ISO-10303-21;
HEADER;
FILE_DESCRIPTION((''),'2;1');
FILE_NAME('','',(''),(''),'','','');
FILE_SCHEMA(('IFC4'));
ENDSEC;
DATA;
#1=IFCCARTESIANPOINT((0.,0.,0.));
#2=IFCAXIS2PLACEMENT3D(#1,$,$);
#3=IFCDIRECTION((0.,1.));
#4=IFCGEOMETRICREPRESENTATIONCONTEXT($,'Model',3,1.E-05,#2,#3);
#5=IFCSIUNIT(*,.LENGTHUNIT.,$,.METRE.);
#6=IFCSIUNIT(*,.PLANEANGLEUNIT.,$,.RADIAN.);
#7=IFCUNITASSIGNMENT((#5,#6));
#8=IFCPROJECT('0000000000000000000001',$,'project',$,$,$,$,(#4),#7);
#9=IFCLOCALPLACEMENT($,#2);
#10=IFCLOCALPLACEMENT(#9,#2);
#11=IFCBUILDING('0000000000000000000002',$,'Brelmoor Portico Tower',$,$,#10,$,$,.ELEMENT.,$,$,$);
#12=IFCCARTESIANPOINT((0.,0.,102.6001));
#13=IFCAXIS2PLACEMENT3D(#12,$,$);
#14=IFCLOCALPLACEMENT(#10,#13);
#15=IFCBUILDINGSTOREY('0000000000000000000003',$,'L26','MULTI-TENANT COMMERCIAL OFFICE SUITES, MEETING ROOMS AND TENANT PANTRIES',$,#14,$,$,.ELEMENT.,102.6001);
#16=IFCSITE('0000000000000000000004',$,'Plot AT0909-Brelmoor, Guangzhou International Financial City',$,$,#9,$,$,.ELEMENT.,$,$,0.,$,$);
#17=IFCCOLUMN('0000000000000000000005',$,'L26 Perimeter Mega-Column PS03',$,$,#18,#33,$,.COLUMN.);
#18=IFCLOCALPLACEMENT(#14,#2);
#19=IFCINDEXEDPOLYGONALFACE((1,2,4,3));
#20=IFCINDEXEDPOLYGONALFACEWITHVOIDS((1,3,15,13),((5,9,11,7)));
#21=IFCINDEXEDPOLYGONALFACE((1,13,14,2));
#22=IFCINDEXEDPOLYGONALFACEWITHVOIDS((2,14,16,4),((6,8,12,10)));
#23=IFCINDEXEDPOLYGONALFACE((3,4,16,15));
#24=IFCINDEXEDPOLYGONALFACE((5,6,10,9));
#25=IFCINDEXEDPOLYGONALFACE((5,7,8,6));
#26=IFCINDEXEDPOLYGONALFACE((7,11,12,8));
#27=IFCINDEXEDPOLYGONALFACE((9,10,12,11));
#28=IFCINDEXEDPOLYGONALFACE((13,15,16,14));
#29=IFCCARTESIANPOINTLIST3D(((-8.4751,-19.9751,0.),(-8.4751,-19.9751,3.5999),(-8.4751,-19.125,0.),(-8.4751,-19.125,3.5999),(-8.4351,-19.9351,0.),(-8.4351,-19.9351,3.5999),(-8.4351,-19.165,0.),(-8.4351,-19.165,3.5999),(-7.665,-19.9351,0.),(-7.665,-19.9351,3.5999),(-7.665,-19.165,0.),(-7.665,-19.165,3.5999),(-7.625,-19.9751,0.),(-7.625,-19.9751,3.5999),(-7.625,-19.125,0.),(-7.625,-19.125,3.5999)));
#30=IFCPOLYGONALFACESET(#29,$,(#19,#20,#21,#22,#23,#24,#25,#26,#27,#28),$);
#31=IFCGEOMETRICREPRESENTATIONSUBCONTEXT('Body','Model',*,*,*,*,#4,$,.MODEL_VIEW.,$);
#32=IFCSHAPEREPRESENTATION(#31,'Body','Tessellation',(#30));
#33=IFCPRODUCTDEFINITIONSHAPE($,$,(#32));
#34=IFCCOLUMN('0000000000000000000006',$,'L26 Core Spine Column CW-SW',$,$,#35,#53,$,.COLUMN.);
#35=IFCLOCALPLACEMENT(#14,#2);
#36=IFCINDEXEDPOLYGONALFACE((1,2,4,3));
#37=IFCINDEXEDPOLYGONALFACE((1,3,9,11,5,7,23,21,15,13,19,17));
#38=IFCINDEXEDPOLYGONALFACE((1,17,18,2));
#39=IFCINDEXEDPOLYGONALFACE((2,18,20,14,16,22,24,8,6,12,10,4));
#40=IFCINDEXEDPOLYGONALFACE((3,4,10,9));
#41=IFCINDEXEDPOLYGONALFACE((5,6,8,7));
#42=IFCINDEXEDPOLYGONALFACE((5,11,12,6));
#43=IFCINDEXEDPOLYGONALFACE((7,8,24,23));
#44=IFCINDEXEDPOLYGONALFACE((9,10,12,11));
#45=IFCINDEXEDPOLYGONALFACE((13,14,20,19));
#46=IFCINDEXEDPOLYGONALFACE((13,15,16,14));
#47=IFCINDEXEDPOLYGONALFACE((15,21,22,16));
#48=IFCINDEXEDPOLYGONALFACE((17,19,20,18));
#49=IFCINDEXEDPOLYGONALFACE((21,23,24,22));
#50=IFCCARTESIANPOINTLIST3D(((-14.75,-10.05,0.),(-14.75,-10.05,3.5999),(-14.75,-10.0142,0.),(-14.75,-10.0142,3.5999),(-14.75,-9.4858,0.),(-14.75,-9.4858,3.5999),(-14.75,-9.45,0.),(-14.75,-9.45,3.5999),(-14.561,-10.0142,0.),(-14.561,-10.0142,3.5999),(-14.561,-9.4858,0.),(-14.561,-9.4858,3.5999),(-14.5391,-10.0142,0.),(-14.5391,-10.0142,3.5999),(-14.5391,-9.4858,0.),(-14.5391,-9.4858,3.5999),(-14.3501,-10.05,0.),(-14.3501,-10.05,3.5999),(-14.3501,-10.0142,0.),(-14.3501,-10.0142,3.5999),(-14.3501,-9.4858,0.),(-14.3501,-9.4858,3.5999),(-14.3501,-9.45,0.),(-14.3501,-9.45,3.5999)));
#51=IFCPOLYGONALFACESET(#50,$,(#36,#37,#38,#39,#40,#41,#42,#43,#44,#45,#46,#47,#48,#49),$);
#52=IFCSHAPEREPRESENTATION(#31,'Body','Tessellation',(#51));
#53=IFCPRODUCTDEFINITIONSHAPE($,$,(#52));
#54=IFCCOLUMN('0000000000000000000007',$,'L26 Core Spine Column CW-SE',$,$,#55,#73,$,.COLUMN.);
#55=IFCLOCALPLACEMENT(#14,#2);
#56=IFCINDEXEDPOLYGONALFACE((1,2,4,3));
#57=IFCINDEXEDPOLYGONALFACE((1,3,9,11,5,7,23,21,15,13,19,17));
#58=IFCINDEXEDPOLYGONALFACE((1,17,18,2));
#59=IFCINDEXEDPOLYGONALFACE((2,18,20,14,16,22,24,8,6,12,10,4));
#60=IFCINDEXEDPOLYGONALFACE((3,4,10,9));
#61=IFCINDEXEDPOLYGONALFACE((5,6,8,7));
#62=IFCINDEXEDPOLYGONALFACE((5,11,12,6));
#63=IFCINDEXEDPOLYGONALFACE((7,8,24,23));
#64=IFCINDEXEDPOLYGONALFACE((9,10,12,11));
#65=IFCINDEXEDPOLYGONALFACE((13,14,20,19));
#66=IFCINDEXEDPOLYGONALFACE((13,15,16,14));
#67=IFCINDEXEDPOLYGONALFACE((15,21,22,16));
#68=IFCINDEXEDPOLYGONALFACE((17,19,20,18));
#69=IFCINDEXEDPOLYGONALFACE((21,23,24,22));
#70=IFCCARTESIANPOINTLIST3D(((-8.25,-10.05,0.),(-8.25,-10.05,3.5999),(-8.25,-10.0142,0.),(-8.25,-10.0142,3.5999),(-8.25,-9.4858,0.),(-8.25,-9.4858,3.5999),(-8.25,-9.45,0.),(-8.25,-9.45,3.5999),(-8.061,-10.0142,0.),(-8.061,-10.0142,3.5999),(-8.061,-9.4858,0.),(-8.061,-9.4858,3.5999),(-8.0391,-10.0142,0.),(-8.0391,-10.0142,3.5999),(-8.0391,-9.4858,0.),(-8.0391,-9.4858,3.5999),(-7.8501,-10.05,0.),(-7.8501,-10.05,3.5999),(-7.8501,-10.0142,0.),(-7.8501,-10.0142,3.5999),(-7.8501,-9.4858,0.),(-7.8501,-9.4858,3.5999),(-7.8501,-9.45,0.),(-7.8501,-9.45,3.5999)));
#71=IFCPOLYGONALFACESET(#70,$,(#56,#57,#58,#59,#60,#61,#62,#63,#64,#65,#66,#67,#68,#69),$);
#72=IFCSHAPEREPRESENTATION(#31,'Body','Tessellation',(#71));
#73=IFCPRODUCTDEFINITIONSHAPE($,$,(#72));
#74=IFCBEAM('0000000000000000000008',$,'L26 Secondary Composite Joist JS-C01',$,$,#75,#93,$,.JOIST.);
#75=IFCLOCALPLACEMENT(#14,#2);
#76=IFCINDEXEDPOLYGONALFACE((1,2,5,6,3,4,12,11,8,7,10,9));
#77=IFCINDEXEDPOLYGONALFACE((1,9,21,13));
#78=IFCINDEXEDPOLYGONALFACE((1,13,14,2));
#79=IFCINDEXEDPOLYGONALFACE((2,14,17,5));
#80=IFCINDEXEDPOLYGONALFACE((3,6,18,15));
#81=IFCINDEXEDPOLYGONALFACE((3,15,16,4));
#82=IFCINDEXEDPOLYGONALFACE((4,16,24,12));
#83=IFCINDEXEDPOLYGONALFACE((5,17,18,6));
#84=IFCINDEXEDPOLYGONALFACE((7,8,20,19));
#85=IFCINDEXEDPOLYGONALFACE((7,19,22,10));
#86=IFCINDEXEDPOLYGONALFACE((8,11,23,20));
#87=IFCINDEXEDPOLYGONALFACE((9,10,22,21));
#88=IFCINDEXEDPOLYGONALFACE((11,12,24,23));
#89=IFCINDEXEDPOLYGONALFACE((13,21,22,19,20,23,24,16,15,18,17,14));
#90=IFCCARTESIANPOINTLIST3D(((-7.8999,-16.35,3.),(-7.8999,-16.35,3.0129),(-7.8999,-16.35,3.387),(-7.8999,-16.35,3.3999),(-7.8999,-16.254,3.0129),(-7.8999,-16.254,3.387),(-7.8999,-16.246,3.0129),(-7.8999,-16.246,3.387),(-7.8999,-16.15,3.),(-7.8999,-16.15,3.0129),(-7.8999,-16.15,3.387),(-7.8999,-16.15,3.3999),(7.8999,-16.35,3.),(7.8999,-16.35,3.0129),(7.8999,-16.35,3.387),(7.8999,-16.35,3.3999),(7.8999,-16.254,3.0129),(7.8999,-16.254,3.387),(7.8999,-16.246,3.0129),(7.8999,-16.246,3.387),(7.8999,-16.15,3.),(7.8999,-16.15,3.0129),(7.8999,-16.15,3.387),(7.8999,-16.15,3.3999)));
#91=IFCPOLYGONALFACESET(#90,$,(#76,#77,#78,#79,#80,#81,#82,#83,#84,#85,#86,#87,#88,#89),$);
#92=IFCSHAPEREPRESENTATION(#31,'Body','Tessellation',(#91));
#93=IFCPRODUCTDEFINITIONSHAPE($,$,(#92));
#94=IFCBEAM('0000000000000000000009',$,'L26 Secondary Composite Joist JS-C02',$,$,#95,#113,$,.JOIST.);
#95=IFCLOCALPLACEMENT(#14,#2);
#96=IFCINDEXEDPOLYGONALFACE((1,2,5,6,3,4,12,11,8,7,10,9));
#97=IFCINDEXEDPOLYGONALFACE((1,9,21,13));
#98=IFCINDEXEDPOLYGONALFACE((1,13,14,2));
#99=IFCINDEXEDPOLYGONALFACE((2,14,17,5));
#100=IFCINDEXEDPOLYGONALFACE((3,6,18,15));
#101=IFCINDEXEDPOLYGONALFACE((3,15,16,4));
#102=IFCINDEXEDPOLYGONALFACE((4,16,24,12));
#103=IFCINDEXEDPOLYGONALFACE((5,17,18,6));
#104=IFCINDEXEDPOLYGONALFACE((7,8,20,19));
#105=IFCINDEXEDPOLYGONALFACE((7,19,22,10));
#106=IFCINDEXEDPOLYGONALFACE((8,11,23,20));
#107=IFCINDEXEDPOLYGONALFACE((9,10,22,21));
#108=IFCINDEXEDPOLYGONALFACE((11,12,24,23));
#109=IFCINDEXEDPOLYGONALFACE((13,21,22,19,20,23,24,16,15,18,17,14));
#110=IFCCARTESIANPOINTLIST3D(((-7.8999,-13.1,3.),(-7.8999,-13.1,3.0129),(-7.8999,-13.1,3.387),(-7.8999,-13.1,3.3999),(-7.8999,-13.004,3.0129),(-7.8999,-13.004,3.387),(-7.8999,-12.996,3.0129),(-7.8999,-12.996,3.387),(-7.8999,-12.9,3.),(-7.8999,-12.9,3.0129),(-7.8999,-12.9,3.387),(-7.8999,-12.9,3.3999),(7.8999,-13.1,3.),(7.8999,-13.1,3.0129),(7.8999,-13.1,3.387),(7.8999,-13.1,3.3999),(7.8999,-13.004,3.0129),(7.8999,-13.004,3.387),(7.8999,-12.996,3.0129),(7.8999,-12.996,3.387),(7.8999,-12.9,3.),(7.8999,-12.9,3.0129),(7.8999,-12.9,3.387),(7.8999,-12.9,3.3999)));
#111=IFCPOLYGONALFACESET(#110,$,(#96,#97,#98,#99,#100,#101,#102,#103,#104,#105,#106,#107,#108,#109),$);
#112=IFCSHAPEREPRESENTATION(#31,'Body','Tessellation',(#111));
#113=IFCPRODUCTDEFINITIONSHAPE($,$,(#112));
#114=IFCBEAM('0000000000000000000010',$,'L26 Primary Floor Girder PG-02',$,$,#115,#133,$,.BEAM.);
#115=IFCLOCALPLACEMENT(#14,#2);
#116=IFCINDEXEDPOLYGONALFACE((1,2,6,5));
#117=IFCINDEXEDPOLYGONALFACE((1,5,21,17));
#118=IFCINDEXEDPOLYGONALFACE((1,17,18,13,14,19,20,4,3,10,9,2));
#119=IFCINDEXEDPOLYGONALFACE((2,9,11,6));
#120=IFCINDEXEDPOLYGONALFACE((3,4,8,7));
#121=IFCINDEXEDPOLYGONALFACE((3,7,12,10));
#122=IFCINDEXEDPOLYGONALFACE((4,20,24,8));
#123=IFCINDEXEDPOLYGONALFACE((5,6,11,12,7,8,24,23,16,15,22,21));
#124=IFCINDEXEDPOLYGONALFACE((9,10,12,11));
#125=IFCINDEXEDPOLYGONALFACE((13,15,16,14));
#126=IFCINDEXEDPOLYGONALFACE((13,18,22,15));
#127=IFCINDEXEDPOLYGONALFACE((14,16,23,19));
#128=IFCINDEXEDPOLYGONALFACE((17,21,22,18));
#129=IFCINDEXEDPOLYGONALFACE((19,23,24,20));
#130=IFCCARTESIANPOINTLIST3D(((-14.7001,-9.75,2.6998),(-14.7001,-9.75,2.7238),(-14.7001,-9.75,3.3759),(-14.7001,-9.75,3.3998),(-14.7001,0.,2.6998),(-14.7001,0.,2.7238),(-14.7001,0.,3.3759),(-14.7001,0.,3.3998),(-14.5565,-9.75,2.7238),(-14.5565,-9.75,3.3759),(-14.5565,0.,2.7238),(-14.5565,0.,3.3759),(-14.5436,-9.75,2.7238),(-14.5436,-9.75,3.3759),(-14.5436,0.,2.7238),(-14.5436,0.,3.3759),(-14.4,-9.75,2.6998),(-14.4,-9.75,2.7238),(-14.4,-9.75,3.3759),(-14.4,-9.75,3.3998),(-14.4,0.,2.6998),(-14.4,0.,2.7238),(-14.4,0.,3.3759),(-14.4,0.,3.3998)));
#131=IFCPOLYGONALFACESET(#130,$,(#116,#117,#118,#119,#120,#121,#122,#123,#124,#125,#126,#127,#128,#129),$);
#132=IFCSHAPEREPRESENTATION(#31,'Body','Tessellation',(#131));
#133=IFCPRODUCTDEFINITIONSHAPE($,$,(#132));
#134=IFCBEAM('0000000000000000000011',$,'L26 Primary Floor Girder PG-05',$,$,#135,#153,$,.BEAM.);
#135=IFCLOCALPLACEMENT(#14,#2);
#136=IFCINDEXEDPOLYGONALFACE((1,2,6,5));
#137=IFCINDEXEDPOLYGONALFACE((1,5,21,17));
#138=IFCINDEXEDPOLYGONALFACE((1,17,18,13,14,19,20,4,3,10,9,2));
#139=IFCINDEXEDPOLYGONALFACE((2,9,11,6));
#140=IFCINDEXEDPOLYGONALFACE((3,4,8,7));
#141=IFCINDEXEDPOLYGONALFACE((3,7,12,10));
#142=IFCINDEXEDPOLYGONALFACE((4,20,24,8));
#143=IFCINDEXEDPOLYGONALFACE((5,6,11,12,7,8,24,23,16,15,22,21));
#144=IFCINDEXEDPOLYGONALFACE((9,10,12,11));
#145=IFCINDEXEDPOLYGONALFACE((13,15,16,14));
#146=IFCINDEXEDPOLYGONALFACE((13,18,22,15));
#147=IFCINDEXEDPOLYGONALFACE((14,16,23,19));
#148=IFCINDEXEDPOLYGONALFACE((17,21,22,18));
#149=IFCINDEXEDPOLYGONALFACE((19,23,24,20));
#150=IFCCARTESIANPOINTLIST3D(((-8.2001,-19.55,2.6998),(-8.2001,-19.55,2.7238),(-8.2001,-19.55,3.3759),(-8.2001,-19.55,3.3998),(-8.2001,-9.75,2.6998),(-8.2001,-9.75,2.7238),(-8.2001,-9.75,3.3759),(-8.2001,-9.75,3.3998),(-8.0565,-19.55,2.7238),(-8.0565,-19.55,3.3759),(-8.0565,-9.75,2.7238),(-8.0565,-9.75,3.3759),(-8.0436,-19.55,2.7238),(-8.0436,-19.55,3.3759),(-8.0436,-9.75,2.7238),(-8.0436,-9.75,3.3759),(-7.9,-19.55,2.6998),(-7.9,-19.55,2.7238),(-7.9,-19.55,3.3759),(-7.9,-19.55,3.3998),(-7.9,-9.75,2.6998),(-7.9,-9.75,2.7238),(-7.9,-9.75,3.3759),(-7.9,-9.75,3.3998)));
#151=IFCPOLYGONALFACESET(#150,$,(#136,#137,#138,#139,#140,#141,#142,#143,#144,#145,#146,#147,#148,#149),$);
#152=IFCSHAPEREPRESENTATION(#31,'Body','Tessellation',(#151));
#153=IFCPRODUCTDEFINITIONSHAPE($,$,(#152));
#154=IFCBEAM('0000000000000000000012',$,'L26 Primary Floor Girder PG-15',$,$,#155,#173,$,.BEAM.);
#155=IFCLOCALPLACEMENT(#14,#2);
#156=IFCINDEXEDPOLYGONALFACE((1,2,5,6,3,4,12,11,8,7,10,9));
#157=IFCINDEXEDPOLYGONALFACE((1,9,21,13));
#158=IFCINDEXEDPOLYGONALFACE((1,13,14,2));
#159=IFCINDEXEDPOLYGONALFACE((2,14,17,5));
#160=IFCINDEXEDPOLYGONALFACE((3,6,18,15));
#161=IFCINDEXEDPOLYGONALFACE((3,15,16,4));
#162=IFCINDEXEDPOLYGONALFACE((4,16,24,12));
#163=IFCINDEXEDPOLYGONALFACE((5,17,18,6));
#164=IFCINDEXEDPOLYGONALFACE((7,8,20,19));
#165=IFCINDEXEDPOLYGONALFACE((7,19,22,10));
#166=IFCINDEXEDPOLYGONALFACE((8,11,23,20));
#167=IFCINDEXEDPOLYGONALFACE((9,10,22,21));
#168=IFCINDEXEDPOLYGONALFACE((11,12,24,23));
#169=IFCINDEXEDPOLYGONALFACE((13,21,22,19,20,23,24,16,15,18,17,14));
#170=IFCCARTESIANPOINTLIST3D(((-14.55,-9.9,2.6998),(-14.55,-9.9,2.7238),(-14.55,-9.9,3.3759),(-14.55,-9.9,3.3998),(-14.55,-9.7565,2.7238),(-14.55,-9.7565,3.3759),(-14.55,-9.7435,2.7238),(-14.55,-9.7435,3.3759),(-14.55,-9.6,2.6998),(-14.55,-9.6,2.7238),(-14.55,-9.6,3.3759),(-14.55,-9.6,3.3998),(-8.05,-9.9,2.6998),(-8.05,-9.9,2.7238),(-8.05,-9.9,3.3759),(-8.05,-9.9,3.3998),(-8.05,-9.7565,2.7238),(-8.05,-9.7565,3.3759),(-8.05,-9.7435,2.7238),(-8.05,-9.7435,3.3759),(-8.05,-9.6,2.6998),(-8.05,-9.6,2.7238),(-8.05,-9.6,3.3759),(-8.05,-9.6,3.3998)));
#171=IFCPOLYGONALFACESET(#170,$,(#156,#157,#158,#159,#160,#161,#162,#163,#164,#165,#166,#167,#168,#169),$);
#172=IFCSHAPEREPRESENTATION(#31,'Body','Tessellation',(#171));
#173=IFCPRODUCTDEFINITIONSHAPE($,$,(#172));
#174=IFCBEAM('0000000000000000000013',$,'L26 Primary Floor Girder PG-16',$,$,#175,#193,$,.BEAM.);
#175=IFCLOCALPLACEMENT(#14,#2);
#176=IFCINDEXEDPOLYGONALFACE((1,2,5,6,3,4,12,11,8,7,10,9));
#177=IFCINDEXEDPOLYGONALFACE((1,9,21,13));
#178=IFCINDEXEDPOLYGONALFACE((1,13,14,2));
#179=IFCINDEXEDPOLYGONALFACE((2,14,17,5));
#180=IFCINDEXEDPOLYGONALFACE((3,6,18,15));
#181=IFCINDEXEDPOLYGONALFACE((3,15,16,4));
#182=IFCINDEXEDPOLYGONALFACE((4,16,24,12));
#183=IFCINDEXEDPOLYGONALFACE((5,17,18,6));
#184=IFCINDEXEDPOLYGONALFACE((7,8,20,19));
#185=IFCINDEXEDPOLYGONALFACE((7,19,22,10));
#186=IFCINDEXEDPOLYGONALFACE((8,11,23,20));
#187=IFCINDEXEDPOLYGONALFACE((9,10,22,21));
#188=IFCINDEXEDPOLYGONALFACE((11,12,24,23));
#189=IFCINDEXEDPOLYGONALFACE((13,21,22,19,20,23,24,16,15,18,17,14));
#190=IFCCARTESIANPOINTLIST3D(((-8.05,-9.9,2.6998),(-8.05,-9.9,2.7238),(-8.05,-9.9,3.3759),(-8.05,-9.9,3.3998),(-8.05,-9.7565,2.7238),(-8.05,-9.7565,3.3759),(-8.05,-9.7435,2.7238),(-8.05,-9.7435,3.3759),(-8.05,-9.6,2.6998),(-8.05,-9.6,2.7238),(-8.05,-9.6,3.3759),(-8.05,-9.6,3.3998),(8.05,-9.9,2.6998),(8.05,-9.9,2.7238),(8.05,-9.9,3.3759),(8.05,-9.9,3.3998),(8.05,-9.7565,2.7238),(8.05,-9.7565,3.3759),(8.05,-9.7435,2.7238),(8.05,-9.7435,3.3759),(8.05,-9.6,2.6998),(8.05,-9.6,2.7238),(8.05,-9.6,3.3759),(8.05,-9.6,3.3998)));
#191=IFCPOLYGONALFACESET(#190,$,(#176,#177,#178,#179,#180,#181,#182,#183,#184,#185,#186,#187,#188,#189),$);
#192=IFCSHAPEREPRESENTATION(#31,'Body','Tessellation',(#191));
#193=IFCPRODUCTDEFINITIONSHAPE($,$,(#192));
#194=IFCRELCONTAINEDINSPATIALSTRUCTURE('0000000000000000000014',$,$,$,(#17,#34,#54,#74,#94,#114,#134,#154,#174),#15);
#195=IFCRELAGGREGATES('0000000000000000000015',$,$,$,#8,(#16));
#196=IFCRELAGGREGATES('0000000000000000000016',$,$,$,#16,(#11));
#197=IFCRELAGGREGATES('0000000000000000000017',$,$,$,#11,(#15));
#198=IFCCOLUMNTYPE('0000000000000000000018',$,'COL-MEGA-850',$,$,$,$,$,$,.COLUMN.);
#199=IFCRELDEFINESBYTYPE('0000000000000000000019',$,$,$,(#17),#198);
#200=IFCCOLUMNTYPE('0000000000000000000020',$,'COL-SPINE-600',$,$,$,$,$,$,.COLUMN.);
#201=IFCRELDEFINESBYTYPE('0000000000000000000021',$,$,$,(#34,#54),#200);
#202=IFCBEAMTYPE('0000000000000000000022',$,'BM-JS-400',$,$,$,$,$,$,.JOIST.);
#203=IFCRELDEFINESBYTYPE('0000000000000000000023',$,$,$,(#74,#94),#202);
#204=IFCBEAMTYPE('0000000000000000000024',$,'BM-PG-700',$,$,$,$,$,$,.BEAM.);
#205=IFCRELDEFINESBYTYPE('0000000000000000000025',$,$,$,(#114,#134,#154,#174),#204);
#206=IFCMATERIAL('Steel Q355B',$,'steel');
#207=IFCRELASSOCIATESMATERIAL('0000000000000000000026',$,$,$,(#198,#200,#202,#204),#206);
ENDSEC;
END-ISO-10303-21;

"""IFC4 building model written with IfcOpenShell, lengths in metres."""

from ifc_helpers import new_model, si_unit, direction, frame, origin, origin_2d, place, context, subcontext, project, spatial, hollow_rectangle, i_section, extrude, material, material_profile, profile_set, type_object, element, save


model = new_model("IFC4")

# Units and contexts
model_context = context("Model", 3, precision=1e-05, world=origin(), true_north=direction((0.0, 1.0)))
body_context = subcontext(model_context, "Body", "Model", "MODEL_VIEW")
ifc_project = project(units=[si_unit("LENGTHUNIT", "METRE"), si_unit("PLANEANGLEUNIT", "RADIAN")], contexts=[model_context])

# Site, building, storey
site_placement = place(None, origin())
site = spatial("IfcSite", under=ifc_project, at=site_placement, Name="Plot AT0909-Brelmoor, Guangzhou International Financial City", CompositionType="ELEMENT", RefElevation=0.0)
building_placement = place(site_placement, origin())
building = spatial("IfcBuilding", under=site, at=building_placement, Name="Brelmoor Portico Tower", CompositionType="ELEMENT")
storey_placement = place(building_placement, frame((0.0, 0.0, 102.6001)))
storey = spatial("IfcBuildingStorey", under=building, at=storey_placement, Name="L26", Description="MULTI-TENANT COMMERCIAL OFFICE SUITES, MEETING ROOMS AND TENANT PANTRIES", CompositionType="ELEMENT", Elevation=102.6001)

# Columns
ifc_material_1 = material(Name="Steel Q355B", Category="steel")
ifc_material_profile_1 = material_profile(ifc_material_1, hollow_rectangle(XDim=0.8501, YDim=0.8501, WallThickness=0.04, at=origin_2d()), Name="BOX 850x850x40")
ifc_profile_set_1 = profile_set([ifc_material_profile_1], Name="Steel Q355B")
column_type_1 = type_object("IfcColumnType", Name="COL-MEGA-850", PredefinedType="COLUMN", material=ifc_profile_set_1)
column_placement = place(storey_placement, frame((-8.05, -19.55, 0.0), z_axis=(0.0, 0.0, 1.0), x_axis=(1.0, 0.0, 0.0)))
element("IfcColumn", 1, at=column_placement, inside=storey, type_object=column_type_1, Name="L26 Perimeter Mega-Column PS03", PredefinedType="COLUMN", context=body_context, shape_type="SweptSolid", body=[
    extrude(hollow_rectangle(XDim=0.8501, YDim=0.8501, WallThickness=0.04, at=origin_2d()), origin(), (0.0, 0.0, 1.0), 3.5999),
])
ifc_material_profile_2 = material_profile(ifc_material_1, i_section(OverallWidth=0.3999, OverallDepth=0.6001, WebThickness=0.022, FlangeThickness=0.0359, at=origin_2d()), Name="HW 600x400x22x36")
ifc_profile_set_2 = profile_set([ifc_material_profile_2], Name="Steel Q355B")
column_type_2 = type_object("IfcColumnType", Name="COL-SPINE-600", PredefinedType="COLUMN", material=ifc_profile_set_2)
for number, where, z_axis, x_axis, name in (
    (2, (-14.55, -9.75, 0.0), (0.0, 0.0, 1.0), (1.0, 0.0, 0.0), "L26 Core Spine Column CW-SW"),
    (3, (-8.05, -9.75, 0.0), (0.0, 0.0, 1.0), (1.0, 0.0, 0.0), "L26 Core Spine Column CW-SE"),
):
    element("IfcColumn", number, at=place(storey_placement, frame(where, z_axis=z_axis, x_axis=x_axis)), inside=storey, type_object=column_type_2, Name=name, PredefinedType="COLUMN", context=body_context, shape_type="SweptSolid", body=[
        extrude(i_section(OverallWidth=0.3999, OverallDepth=0.6001, WebThickness=0.022, FlangeThickness=0.0359, at=origin_2d()), origin(), (0.0, 0.0, 1.0), 3.5999),
    ])

# Beams
ifc_material_profile_3 = material_profile(ifc_material_1, i_section(OverallWidth=0.2, OverallDepth=0.3999, WebThickness=0.0081, FlangeThickness=0.0129, at=origin_2d()), Name="HN 400x200x8x13")
ifc_profile_set_3 = profile_set([ifc_material_profile_3], Name="Steel Q355B")
beam_type_1 = type_object("IfcBeamType", Name="BM-JS-400", PredefinedType="JOIST", material=ifc_profile_set_3)
for number, where, z_axis, x_axis, name in (
    (4, (-7.8999, -16.25, 3.2), (1.0, 0.0, 0.0), (0.0, 1.0, 0.0), "L26 Secondary Composite Joist JS-C01"),
    (5, (-7.8999, -13.0, 3.2), (1.0, 0.0, 0.0), (0.0, 1.0, 0.0), "L26 Secondary Composite Joist JS-C02"),
):
    element("IfcBeam", number, at=place(storey_placement, frame(where, z_axis=z_axis, x_axis=x_axis)), inside=storey, type_object=beam_type_1, Name=name, PredefinedType="JOIST", context=body_context, shape_type="SweptSolid", body=[
        extrude(i_section(OverallWidth=0.2, OverallDepth=0.3999, WebThickness=0.0081, FlangeThickness=0.0129, at=origin_2d()), origin(), (0.0, 0.0, 1.0), 15.7998),
    ])
ifc_material_profile_4 = material_profile(ifc_material_1, i_section(OverallWidth=0.3, OverallDepth=0.7, WebThickness=0.0129, FlangeThickness=0.0239, at=origin_2d()), Name="HN 700x300x13x24")
ifc_profile_set_4 = profile_set([ifc_material_profile_4], Name="Steel Q355B")
beam_type_2 = type_object("IfcBeamType", Name="BM-PG-700", PredefinedType="BEAM", material=ifc_profile_set_4)
beam_1_placement = place(storey_placement, frame((-14.55, -9.75, 3.0498), z_axis=(0.0, 1.0, 0.0), x_axis=(-1.0, 0.0, 0.0)))
element("IfcBeam", 6, at=beam_1_placement, inside=storey, type_object=beam_type_2, Name="L26 Primary Floor Girder PG-02", PredefinedType="BEAM", context=body_context, shape_type="SweptSolid", body=[
    extrude(i_section(OverallWidth=0.3, OverallDepth=0.7, WebThickness=0.0129, FlangeThickness=0.0239, at=origin_2d()), origin(), (0.0, 0.0, 1.0), 9.75),
])
beam_2_placement = place(storey_placement, frame((-8.05, -19.55, 3.0498), z_axis=(0.0, 1.0, 0.0), x_axis=(-1.0, 0.0, 0.0)))
element("IfcBeam", 7, at=beam_2_placement, inside=storey, type_object=beam_type_2, Name="L26 Primary Floor Girder PG-05", PredefinedType="BEAM", context=body_context, shape_type="SweptSolid", body=[
    extrude(i_section(OverallWidth=0.3, OverallDepth=0.7, WebThickness=0.0129, FlangeThickness=0.0239, at=origin_2d()), origin(), (0.0, 0.0, 1.0), 9.8),
])
beam_3_placement = place(storey_placement, frame((-14.55, -9.75, 3.0498), z_axis=(1.0, 0.0, 0.0), x_axis=(0.0, 1.0, 0.0)))
element("IfcBeam", 8, at=beam_3_placement, inside=storey, type_object=beam_type_2, Name="L26 Primary Floor Girder PG-15", PredefinedType="BEAM", context=body_context, shape_type="SweptSolid", body=[
    extrude(i_section(OverallWidth=0.3, OverallDepth=0.7, WebThickness=0.0129, FlangeThickness=0.0239, at=origin_2d()), origin(), (0.0, 0.0, 1.0), 6.5),
])
beam_4_placement = place(storey_placement, frame((-8.05, -9.75, 3.0498), z_axis=(1.0, 0.0, 0.0), x_axis=(0.0, 1.0, 0.0)))
element("IfcBeam", 9, at=beam_4_placement, inside=storey, type_object=beam_type_2, Name="L26 Primary Floor Girder PG-16", PredefinedType="BEAM", context=body_context, shape_type="SweptSolid", body=[
    extrude(i_section(OverallWidth=0.3, OverallDepth=0.7, WebThickness=0.0129, FlangeThickness=0.0239, at=origin_2d()), origin(), (0.0, 0.0, 1.0), 16.1001),
])

save(model, "model.ifc")
